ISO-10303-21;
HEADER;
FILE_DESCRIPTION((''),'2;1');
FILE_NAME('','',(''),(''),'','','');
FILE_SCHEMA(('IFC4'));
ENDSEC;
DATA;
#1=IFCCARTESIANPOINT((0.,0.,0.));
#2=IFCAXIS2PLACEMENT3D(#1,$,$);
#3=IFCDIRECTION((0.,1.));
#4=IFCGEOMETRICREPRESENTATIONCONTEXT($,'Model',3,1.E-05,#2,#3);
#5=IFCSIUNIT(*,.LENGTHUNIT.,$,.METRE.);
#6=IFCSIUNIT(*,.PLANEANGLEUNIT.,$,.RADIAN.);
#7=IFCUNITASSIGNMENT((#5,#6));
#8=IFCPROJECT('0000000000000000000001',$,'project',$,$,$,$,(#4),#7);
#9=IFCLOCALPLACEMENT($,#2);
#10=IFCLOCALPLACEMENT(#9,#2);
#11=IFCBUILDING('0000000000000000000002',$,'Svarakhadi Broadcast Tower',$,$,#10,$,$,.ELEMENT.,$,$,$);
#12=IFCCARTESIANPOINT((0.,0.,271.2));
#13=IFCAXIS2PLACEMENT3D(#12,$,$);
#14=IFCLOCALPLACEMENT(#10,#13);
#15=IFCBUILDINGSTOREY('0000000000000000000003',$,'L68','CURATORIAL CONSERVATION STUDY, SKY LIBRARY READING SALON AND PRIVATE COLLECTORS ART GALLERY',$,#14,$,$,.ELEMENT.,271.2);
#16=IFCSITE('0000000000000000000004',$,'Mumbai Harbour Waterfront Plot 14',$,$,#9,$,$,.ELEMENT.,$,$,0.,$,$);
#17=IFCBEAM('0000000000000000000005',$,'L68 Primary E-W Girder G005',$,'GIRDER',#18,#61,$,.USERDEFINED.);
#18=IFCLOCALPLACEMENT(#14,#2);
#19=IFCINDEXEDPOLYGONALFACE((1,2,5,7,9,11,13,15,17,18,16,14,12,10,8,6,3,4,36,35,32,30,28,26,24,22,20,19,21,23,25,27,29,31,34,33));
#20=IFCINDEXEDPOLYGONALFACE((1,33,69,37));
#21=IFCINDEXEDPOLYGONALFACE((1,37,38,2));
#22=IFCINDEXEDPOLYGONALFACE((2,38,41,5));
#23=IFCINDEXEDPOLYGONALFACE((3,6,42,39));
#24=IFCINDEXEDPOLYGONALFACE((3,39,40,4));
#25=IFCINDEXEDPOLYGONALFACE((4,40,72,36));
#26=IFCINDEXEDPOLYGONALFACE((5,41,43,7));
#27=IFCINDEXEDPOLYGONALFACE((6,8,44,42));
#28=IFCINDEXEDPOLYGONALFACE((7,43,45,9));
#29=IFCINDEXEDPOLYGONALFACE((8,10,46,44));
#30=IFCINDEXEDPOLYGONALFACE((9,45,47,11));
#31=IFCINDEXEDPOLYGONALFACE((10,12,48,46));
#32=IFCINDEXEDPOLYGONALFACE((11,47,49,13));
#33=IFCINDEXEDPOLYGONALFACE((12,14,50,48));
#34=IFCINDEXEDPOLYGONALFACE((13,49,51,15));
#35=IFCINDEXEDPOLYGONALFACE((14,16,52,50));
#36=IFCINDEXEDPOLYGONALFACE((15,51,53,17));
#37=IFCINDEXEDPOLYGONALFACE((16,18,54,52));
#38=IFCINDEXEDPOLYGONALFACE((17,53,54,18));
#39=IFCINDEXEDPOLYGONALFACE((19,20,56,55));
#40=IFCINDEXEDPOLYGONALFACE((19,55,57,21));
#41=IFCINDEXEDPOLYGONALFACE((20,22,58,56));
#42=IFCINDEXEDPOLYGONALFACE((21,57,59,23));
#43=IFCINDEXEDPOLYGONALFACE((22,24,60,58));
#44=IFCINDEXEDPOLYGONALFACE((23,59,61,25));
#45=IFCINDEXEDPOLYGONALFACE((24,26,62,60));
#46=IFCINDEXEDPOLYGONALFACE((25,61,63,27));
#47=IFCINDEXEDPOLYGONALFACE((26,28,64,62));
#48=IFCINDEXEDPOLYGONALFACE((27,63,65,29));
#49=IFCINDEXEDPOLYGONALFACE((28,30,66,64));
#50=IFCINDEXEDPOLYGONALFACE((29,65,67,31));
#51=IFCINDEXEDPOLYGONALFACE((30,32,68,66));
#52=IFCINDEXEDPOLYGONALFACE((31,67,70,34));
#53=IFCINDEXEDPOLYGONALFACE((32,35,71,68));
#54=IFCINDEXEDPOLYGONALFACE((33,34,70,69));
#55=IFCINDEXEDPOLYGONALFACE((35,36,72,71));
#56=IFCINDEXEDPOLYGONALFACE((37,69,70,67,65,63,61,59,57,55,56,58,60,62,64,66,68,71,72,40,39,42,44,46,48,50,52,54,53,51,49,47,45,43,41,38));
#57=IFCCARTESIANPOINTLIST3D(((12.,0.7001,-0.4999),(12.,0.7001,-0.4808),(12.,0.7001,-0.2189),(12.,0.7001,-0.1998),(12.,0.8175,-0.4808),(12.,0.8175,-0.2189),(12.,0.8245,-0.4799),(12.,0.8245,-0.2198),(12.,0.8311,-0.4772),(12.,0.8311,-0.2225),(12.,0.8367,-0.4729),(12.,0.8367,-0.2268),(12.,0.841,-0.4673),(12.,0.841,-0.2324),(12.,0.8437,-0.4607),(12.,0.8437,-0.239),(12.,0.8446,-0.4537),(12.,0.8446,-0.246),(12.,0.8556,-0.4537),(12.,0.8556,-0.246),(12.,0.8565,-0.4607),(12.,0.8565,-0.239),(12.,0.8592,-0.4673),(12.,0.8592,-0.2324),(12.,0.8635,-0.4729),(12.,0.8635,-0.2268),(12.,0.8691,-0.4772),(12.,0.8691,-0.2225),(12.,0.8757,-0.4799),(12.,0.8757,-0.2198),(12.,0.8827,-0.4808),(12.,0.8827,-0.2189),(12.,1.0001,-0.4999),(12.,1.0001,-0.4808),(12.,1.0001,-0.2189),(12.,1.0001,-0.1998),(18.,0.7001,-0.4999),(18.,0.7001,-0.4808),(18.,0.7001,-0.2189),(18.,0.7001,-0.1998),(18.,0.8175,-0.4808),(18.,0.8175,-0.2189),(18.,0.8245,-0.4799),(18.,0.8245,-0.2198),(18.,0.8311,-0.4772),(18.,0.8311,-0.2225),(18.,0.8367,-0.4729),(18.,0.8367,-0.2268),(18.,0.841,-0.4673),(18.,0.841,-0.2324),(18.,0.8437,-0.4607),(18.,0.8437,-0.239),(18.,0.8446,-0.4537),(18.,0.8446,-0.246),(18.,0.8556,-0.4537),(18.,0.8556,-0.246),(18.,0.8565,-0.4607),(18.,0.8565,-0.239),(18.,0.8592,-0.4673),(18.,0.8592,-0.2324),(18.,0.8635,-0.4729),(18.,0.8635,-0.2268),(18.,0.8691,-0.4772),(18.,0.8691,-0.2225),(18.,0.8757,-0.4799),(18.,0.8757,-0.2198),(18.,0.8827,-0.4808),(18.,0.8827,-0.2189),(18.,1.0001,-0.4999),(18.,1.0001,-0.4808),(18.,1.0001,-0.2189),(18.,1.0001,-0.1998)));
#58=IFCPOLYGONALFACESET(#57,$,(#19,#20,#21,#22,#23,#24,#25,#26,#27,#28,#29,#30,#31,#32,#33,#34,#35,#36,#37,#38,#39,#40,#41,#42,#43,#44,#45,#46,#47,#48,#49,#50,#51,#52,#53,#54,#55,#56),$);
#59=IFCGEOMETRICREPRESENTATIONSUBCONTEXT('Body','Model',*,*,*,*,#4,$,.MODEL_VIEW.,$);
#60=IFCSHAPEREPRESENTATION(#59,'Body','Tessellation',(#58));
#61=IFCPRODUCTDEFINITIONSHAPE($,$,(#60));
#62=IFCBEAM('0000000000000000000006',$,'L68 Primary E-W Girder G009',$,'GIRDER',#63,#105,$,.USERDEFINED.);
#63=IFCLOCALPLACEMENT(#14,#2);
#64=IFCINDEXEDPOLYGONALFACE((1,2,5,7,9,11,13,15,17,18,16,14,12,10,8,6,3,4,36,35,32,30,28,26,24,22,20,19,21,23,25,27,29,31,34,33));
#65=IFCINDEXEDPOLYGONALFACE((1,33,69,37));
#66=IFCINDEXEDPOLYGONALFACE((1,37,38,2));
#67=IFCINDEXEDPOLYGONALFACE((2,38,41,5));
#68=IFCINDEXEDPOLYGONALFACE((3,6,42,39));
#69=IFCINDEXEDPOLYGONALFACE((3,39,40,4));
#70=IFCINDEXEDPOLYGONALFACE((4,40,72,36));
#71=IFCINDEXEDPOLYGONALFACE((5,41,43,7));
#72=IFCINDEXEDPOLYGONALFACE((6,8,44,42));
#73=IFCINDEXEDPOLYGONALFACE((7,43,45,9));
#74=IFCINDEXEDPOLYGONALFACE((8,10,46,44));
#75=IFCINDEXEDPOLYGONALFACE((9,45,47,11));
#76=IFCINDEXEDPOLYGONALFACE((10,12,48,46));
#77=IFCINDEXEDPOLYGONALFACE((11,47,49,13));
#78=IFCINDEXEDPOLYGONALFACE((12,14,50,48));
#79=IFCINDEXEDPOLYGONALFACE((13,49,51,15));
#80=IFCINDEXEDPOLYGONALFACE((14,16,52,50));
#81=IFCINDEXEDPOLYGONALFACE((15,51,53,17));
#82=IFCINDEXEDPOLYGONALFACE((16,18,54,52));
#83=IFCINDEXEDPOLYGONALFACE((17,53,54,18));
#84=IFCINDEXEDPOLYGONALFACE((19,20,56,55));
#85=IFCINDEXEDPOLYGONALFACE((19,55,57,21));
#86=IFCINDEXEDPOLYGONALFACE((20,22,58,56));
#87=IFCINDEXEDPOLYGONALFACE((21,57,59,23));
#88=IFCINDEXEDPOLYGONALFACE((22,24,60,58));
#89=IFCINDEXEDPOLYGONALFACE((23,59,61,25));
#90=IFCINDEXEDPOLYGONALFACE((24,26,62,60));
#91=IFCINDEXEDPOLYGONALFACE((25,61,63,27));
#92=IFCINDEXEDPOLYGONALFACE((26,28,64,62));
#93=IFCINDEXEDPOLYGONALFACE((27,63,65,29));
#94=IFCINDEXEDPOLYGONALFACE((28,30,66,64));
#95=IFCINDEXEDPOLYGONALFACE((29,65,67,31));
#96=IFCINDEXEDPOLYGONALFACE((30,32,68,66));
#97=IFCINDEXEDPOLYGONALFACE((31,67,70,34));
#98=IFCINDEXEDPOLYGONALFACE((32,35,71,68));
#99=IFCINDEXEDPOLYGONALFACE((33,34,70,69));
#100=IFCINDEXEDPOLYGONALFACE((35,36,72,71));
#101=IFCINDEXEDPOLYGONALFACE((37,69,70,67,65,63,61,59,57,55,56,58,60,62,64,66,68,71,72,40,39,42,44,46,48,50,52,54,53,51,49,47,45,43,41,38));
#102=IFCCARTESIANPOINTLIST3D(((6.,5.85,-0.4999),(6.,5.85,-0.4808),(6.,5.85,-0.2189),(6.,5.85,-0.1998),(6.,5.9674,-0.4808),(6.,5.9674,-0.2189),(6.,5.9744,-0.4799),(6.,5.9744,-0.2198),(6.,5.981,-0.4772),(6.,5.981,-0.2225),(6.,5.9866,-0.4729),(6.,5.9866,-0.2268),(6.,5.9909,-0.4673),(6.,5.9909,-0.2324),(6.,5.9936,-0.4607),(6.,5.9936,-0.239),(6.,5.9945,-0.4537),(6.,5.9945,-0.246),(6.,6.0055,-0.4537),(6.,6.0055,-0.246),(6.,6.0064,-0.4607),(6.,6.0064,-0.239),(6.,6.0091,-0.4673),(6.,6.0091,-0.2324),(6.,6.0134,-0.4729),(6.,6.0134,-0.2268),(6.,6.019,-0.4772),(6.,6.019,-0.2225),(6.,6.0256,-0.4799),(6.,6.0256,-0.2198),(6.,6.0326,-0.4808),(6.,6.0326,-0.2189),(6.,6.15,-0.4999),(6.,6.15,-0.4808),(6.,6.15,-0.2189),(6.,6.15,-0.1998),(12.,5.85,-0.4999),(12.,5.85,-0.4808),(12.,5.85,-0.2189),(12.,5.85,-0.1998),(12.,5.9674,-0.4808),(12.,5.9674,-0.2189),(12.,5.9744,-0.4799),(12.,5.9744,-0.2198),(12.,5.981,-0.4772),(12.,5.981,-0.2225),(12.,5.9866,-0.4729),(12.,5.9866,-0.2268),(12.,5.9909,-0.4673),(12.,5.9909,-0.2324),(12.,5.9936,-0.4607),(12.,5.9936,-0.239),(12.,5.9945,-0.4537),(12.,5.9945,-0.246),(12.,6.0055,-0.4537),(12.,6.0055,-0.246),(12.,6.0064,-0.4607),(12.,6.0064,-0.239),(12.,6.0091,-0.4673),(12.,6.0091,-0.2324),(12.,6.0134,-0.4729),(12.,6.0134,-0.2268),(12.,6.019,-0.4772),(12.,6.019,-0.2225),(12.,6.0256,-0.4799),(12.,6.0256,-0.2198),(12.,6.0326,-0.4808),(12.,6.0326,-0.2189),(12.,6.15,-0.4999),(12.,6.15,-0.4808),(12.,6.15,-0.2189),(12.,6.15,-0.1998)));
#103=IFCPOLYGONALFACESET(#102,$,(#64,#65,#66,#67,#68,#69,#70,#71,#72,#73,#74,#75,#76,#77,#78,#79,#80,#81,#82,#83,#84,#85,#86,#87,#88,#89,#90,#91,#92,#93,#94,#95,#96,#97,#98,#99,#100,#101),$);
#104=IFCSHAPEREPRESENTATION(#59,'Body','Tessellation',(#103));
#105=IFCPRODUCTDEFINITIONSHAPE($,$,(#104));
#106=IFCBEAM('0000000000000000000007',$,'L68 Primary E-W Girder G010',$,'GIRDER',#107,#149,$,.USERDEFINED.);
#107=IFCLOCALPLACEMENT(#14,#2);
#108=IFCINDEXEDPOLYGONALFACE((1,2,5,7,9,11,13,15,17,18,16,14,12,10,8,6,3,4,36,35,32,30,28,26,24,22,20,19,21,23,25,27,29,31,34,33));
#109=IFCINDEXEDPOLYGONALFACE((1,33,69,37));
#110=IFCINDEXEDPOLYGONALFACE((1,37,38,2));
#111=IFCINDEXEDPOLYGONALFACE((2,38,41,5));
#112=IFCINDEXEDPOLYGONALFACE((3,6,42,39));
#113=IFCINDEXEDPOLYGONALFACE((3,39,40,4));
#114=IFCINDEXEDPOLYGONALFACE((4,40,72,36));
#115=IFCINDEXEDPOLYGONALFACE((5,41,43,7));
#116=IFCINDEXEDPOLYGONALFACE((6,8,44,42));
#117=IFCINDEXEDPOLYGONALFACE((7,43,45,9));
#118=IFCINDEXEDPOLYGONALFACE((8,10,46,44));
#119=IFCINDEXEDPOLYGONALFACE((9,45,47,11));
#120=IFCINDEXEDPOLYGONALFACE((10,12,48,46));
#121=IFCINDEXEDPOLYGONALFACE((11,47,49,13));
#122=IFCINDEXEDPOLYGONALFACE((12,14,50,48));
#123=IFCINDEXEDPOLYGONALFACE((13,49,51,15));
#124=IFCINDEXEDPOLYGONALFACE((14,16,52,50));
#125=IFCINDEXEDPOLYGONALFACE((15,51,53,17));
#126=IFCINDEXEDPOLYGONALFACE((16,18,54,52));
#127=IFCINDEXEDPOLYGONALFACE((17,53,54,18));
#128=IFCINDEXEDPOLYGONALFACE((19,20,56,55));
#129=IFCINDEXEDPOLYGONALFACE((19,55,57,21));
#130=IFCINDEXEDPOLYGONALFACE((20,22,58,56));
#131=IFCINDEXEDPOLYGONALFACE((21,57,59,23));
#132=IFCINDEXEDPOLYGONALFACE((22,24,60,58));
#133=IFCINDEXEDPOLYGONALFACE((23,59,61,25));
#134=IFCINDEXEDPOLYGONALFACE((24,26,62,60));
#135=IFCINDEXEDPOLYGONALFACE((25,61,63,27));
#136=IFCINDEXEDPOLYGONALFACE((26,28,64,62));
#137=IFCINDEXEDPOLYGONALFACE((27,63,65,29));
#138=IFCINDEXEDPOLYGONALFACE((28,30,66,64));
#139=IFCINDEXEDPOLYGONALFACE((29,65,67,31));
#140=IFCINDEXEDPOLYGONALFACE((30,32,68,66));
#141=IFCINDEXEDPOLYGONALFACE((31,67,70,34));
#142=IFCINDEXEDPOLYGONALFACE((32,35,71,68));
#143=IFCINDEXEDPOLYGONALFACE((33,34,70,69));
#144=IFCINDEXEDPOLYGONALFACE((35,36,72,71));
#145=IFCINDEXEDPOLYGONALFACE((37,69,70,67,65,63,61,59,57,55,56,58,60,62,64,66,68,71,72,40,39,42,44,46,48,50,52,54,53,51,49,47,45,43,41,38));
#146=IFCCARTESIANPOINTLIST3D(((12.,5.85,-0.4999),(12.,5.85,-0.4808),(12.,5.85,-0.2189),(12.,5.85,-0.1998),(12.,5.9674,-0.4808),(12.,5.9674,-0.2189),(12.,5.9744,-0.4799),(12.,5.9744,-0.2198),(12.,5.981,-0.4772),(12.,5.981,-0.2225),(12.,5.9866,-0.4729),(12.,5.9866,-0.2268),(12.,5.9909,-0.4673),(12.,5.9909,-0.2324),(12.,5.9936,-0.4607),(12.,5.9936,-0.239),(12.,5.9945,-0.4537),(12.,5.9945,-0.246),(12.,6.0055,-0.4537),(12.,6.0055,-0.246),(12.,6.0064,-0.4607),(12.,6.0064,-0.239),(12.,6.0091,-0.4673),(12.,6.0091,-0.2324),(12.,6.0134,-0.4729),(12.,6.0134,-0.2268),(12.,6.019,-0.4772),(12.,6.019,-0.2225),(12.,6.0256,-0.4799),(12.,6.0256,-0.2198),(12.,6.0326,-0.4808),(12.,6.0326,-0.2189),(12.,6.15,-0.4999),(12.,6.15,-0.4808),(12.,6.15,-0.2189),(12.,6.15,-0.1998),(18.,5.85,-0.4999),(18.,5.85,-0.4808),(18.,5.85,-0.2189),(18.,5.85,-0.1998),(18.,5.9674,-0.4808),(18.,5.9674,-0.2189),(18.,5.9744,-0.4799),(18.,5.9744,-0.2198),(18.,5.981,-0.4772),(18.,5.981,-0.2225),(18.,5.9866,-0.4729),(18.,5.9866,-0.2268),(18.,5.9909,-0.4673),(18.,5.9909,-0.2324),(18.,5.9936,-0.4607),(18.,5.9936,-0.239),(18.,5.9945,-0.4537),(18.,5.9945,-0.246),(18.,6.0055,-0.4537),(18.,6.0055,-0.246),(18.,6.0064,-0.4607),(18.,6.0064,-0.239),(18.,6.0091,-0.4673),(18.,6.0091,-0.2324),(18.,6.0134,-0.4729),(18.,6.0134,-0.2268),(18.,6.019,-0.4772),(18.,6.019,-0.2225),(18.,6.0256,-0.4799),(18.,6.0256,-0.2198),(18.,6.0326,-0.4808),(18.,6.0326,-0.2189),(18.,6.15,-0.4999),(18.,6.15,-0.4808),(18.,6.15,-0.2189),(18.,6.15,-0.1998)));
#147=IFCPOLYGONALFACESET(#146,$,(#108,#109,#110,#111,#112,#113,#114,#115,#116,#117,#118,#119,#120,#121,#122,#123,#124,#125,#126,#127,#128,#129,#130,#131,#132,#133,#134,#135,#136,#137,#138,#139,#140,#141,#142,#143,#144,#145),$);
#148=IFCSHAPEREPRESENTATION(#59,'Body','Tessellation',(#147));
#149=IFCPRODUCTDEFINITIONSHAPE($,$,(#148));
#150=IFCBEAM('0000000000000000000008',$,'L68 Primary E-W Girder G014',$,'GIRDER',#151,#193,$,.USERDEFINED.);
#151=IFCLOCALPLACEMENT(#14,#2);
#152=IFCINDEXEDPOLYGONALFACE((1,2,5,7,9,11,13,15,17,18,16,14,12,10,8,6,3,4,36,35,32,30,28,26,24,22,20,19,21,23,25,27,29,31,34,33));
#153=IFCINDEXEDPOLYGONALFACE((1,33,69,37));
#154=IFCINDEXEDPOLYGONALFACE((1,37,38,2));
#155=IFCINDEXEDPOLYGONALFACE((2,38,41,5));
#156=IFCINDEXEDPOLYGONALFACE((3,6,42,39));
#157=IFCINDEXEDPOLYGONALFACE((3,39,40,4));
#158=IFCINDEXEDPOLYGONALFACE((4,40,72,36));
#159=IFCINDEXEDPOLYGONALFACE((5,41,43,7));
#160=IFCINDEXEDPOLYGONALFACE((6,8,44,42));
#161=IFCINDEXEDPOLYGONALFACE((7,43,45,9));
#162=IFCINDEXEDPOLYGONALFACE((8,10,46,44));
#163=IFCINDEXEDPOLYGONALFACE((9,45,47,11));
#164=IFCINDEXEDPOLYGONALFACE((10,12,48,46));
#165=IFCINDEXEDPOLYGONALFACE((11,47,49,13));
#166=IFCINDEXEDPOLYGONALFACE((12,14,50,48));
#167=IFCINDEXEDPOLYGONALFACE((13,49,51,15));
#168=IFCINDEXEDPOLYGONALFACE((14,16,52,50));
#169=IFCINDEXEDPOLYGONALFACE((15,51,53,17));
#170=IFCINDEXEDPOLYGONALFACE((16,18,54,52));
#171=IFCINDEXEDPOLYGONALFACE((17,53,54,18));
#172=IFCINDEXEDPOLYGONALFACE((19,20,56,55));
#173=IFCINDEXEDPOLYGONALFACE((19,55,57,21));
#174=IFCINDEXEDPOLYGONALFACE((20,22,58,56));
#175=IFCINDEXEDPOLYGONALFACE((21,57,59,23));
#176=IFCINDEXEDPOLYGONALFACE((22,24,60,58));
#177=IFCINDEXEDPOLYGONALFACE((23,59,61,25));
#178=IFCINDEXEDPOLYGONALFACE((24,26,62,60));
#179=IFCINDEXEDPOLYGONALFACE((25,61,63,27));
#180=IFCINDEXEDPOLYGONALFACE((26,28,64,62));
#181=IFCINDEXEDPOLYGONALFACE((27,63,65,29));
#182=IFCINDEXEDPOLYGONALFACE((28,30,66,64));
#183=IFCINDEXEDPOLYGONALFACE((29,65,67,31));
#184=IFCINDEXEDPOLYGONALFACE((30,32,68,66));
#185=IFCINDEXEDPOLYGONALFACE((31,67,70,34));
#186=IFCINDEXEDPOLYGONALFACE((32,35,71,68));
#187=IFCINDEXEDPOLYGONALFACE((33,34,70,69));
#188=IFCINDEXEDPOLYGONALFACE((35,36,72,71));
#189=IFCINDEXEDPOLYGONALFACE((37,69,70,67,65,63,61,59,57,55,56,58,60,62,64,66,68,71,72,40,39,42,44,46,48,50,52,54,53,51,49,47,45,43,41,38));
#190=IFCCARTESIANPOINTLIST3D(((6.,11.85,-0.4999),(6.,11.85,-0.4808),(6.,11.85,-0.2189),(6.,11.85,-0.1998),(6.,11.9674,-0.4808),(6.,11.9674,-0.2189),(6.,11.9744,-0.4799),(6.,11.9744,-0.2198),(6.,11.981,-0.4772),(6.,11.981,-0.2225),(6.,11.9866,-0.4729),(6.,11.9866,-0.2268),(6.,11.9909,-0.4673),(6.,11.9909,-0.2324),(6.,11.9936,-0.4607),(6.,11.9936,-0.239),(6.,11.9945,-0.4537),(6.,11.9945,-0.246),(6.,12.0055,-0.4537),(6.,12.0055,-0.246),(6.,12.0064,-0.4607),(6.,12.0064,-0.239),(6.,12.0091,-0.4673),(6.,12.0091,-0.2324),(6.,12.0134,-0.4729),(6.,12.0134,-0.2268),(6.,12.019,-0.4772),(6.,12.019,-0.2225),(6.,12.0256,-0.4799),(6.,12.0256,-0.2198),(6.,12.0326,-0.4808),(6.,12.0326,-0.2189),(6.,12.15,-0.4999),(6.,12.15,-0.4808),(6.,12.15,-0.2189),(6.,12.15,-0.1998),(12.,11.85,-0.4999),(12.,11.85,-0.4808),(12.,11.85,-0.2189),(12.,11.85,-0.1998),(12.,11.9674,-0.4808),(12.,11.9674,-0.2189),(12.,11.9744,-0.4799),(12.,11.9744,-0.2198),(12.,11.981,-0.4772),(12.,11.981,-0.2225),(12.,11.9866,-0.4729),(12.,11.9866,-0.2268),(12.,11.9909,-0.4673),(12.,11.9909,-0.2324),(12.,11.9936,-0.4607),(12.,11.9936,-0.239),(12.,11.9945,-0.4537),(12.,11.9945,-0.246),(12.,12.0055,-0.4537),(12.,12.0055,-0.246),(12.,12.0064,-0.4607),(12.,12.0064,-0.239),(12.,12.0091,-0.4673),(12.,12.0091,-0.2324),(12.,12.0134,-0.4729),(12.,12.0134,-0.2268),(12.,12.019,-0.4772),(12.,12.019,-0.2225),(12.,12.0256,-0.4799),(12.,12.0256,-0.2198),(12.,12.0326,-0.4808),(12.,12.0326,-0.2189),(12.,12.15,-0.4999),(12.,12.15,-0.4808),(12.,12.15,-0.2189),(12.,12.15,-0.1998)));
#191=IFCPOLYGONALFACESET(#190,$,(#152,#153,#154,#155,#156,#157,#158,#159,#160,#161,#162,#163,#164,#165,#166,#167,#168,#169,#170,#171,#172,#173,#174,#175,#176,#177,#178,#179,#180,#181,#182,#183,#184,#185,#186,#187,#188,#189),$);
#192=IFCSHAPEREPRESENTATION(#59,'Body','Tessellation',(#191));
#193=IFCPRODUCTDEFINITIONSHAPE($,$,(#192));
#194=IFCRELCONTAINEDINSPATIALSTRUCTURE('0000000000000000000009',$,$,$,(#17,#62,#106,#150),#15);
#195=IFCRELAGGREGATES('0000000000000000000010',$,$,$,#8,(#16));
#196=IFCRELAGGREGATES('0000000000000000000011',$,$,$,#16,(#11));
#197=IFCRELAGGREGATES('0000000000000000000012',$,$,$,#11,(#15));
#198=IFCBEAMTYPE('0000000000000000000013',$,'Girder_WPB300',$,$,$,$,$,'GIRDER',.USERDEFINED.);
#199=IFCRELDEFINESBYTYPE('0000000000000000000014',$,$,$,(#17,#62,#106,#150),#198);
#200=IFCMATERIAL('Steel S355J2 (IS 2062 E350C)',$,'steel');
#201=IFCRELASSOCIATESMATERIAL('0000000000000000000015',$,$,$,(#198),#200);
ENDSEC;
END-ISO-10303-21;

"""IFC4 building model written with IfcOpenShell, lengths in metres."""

from ifc_helpers import new_model, si_unit, direction, frame, origin, origin_2d, place, context, subcontext, project, spatial, i_section, extrude, material, material_profile, profile_set, type_object, element, save


model = new_model("IFC4")

# Units and contexts
model_context = context("Model", 3, precision=1e-05, world=origin(), true_north=direction((0.0, 1.0)))
body_context = subcontext(model_context, "Body", "Model", "MODEL_VIEW")
ifc_project = project(units=[si_unit("LENGTHUNIT", "METRE"), si_unit("PLANEANGLEUNIT", "RADIAN")], contexts=[model_context])

# Site, building, storey
site_placement = place(None, origin())
site = spatial("IfcSite", under=ifc_project, at=site_placement, Name="Mumbai Harbour Waterfront Plot 14", CompositionType="ELEMENT", RefElevation=0.0)
building_placement = place(site_placement, origin())
building = spatial("IfcBuilding", under=site, at=building_placement, Name="Svarakhadi Broadcast Tower", CompositionType="ELEMENT")
storey_placement = place(building_placement, frame((0.0, 0.0, 271.2)))
storey = spatial("IfcBuildingStorey", under=building, at=storey_placement, Name="L68", Description="CURATORIAL CONSERVATION STUDY, SKY LIBRARY READING SALON AND PRIVATE COLLECTORS ART GALLERY", CompositionType="ELEMENT", Elevation=271.2)

# Beams
ifc_material_1 = material(Name="Steel S355J2 (IS 2062 E350C)", Category="steel")
ifc_material_profile_1 = material_profile(ifc_material_1, i_section(OverallWidth=0.3, OverallDepth=0.3, WebThickness=0.011, FlangeThickness=0.019, FilletRadius=0.0271, at=origin_2d()), Name="WPB 300x300x117")
ifc_profile_set_1 = profile_set([ifc_material_profile_1], Name="Steel S355J2 (IS 2062 E350C)")
beam_type_1 = type_object("IfcBeamType", Name="Girder_WPB300", ElementType="GIRDER", PredefinedType="USERDEFINED", material=ifc_profile_set_1)
for number, where, z_axis, x_axis, name in (
    (1, (12.0, 0.8501, -0.3499), (1.0, 0.0, 0.0), (0.0, 1.0, 0.0), "L68 Primary E-W Girder G005"),
    (2, (6.0, 6.0, -0.3499), (1.0, 0.0, 0.0), (0.0, 1.0, 0.0), "L68 Primary E-W Girder G009"),
    (3, (12.0, 6.0, -0.3499), (1.0, 0.0, 0.0), (0.0, 1.0, 0.0), "L68 Primary E-W Girder G010"),
    (4, (6.0, 12.0, -0.3499), (1.0, 0.0, 0.0), (0.0, 1.0, 0.0), "L68 Primary E-W Girder G014"),
):
    element("IfcBeam", number, at=place(storey_placement, frame(where, z_axis=z_axis, x_axis=x_axis)), inside=storey, type_object=beam_type_1, Name=name, ObjectType="GIRDER", PredefinedType="USERDEFINED", context=body_context, shape_type="SweptSolid", body=[
        extrude(i_section(OverallWidth=0.3, OverallDepth=0.3, WebThickness=0.011, FlangeThickness=0.019, FilletRadius=0.0271, at=origin_2d()), origin(), (0.0, 0.0, 1.0), 6.0),
    ])

save(model, "model.ifc")
